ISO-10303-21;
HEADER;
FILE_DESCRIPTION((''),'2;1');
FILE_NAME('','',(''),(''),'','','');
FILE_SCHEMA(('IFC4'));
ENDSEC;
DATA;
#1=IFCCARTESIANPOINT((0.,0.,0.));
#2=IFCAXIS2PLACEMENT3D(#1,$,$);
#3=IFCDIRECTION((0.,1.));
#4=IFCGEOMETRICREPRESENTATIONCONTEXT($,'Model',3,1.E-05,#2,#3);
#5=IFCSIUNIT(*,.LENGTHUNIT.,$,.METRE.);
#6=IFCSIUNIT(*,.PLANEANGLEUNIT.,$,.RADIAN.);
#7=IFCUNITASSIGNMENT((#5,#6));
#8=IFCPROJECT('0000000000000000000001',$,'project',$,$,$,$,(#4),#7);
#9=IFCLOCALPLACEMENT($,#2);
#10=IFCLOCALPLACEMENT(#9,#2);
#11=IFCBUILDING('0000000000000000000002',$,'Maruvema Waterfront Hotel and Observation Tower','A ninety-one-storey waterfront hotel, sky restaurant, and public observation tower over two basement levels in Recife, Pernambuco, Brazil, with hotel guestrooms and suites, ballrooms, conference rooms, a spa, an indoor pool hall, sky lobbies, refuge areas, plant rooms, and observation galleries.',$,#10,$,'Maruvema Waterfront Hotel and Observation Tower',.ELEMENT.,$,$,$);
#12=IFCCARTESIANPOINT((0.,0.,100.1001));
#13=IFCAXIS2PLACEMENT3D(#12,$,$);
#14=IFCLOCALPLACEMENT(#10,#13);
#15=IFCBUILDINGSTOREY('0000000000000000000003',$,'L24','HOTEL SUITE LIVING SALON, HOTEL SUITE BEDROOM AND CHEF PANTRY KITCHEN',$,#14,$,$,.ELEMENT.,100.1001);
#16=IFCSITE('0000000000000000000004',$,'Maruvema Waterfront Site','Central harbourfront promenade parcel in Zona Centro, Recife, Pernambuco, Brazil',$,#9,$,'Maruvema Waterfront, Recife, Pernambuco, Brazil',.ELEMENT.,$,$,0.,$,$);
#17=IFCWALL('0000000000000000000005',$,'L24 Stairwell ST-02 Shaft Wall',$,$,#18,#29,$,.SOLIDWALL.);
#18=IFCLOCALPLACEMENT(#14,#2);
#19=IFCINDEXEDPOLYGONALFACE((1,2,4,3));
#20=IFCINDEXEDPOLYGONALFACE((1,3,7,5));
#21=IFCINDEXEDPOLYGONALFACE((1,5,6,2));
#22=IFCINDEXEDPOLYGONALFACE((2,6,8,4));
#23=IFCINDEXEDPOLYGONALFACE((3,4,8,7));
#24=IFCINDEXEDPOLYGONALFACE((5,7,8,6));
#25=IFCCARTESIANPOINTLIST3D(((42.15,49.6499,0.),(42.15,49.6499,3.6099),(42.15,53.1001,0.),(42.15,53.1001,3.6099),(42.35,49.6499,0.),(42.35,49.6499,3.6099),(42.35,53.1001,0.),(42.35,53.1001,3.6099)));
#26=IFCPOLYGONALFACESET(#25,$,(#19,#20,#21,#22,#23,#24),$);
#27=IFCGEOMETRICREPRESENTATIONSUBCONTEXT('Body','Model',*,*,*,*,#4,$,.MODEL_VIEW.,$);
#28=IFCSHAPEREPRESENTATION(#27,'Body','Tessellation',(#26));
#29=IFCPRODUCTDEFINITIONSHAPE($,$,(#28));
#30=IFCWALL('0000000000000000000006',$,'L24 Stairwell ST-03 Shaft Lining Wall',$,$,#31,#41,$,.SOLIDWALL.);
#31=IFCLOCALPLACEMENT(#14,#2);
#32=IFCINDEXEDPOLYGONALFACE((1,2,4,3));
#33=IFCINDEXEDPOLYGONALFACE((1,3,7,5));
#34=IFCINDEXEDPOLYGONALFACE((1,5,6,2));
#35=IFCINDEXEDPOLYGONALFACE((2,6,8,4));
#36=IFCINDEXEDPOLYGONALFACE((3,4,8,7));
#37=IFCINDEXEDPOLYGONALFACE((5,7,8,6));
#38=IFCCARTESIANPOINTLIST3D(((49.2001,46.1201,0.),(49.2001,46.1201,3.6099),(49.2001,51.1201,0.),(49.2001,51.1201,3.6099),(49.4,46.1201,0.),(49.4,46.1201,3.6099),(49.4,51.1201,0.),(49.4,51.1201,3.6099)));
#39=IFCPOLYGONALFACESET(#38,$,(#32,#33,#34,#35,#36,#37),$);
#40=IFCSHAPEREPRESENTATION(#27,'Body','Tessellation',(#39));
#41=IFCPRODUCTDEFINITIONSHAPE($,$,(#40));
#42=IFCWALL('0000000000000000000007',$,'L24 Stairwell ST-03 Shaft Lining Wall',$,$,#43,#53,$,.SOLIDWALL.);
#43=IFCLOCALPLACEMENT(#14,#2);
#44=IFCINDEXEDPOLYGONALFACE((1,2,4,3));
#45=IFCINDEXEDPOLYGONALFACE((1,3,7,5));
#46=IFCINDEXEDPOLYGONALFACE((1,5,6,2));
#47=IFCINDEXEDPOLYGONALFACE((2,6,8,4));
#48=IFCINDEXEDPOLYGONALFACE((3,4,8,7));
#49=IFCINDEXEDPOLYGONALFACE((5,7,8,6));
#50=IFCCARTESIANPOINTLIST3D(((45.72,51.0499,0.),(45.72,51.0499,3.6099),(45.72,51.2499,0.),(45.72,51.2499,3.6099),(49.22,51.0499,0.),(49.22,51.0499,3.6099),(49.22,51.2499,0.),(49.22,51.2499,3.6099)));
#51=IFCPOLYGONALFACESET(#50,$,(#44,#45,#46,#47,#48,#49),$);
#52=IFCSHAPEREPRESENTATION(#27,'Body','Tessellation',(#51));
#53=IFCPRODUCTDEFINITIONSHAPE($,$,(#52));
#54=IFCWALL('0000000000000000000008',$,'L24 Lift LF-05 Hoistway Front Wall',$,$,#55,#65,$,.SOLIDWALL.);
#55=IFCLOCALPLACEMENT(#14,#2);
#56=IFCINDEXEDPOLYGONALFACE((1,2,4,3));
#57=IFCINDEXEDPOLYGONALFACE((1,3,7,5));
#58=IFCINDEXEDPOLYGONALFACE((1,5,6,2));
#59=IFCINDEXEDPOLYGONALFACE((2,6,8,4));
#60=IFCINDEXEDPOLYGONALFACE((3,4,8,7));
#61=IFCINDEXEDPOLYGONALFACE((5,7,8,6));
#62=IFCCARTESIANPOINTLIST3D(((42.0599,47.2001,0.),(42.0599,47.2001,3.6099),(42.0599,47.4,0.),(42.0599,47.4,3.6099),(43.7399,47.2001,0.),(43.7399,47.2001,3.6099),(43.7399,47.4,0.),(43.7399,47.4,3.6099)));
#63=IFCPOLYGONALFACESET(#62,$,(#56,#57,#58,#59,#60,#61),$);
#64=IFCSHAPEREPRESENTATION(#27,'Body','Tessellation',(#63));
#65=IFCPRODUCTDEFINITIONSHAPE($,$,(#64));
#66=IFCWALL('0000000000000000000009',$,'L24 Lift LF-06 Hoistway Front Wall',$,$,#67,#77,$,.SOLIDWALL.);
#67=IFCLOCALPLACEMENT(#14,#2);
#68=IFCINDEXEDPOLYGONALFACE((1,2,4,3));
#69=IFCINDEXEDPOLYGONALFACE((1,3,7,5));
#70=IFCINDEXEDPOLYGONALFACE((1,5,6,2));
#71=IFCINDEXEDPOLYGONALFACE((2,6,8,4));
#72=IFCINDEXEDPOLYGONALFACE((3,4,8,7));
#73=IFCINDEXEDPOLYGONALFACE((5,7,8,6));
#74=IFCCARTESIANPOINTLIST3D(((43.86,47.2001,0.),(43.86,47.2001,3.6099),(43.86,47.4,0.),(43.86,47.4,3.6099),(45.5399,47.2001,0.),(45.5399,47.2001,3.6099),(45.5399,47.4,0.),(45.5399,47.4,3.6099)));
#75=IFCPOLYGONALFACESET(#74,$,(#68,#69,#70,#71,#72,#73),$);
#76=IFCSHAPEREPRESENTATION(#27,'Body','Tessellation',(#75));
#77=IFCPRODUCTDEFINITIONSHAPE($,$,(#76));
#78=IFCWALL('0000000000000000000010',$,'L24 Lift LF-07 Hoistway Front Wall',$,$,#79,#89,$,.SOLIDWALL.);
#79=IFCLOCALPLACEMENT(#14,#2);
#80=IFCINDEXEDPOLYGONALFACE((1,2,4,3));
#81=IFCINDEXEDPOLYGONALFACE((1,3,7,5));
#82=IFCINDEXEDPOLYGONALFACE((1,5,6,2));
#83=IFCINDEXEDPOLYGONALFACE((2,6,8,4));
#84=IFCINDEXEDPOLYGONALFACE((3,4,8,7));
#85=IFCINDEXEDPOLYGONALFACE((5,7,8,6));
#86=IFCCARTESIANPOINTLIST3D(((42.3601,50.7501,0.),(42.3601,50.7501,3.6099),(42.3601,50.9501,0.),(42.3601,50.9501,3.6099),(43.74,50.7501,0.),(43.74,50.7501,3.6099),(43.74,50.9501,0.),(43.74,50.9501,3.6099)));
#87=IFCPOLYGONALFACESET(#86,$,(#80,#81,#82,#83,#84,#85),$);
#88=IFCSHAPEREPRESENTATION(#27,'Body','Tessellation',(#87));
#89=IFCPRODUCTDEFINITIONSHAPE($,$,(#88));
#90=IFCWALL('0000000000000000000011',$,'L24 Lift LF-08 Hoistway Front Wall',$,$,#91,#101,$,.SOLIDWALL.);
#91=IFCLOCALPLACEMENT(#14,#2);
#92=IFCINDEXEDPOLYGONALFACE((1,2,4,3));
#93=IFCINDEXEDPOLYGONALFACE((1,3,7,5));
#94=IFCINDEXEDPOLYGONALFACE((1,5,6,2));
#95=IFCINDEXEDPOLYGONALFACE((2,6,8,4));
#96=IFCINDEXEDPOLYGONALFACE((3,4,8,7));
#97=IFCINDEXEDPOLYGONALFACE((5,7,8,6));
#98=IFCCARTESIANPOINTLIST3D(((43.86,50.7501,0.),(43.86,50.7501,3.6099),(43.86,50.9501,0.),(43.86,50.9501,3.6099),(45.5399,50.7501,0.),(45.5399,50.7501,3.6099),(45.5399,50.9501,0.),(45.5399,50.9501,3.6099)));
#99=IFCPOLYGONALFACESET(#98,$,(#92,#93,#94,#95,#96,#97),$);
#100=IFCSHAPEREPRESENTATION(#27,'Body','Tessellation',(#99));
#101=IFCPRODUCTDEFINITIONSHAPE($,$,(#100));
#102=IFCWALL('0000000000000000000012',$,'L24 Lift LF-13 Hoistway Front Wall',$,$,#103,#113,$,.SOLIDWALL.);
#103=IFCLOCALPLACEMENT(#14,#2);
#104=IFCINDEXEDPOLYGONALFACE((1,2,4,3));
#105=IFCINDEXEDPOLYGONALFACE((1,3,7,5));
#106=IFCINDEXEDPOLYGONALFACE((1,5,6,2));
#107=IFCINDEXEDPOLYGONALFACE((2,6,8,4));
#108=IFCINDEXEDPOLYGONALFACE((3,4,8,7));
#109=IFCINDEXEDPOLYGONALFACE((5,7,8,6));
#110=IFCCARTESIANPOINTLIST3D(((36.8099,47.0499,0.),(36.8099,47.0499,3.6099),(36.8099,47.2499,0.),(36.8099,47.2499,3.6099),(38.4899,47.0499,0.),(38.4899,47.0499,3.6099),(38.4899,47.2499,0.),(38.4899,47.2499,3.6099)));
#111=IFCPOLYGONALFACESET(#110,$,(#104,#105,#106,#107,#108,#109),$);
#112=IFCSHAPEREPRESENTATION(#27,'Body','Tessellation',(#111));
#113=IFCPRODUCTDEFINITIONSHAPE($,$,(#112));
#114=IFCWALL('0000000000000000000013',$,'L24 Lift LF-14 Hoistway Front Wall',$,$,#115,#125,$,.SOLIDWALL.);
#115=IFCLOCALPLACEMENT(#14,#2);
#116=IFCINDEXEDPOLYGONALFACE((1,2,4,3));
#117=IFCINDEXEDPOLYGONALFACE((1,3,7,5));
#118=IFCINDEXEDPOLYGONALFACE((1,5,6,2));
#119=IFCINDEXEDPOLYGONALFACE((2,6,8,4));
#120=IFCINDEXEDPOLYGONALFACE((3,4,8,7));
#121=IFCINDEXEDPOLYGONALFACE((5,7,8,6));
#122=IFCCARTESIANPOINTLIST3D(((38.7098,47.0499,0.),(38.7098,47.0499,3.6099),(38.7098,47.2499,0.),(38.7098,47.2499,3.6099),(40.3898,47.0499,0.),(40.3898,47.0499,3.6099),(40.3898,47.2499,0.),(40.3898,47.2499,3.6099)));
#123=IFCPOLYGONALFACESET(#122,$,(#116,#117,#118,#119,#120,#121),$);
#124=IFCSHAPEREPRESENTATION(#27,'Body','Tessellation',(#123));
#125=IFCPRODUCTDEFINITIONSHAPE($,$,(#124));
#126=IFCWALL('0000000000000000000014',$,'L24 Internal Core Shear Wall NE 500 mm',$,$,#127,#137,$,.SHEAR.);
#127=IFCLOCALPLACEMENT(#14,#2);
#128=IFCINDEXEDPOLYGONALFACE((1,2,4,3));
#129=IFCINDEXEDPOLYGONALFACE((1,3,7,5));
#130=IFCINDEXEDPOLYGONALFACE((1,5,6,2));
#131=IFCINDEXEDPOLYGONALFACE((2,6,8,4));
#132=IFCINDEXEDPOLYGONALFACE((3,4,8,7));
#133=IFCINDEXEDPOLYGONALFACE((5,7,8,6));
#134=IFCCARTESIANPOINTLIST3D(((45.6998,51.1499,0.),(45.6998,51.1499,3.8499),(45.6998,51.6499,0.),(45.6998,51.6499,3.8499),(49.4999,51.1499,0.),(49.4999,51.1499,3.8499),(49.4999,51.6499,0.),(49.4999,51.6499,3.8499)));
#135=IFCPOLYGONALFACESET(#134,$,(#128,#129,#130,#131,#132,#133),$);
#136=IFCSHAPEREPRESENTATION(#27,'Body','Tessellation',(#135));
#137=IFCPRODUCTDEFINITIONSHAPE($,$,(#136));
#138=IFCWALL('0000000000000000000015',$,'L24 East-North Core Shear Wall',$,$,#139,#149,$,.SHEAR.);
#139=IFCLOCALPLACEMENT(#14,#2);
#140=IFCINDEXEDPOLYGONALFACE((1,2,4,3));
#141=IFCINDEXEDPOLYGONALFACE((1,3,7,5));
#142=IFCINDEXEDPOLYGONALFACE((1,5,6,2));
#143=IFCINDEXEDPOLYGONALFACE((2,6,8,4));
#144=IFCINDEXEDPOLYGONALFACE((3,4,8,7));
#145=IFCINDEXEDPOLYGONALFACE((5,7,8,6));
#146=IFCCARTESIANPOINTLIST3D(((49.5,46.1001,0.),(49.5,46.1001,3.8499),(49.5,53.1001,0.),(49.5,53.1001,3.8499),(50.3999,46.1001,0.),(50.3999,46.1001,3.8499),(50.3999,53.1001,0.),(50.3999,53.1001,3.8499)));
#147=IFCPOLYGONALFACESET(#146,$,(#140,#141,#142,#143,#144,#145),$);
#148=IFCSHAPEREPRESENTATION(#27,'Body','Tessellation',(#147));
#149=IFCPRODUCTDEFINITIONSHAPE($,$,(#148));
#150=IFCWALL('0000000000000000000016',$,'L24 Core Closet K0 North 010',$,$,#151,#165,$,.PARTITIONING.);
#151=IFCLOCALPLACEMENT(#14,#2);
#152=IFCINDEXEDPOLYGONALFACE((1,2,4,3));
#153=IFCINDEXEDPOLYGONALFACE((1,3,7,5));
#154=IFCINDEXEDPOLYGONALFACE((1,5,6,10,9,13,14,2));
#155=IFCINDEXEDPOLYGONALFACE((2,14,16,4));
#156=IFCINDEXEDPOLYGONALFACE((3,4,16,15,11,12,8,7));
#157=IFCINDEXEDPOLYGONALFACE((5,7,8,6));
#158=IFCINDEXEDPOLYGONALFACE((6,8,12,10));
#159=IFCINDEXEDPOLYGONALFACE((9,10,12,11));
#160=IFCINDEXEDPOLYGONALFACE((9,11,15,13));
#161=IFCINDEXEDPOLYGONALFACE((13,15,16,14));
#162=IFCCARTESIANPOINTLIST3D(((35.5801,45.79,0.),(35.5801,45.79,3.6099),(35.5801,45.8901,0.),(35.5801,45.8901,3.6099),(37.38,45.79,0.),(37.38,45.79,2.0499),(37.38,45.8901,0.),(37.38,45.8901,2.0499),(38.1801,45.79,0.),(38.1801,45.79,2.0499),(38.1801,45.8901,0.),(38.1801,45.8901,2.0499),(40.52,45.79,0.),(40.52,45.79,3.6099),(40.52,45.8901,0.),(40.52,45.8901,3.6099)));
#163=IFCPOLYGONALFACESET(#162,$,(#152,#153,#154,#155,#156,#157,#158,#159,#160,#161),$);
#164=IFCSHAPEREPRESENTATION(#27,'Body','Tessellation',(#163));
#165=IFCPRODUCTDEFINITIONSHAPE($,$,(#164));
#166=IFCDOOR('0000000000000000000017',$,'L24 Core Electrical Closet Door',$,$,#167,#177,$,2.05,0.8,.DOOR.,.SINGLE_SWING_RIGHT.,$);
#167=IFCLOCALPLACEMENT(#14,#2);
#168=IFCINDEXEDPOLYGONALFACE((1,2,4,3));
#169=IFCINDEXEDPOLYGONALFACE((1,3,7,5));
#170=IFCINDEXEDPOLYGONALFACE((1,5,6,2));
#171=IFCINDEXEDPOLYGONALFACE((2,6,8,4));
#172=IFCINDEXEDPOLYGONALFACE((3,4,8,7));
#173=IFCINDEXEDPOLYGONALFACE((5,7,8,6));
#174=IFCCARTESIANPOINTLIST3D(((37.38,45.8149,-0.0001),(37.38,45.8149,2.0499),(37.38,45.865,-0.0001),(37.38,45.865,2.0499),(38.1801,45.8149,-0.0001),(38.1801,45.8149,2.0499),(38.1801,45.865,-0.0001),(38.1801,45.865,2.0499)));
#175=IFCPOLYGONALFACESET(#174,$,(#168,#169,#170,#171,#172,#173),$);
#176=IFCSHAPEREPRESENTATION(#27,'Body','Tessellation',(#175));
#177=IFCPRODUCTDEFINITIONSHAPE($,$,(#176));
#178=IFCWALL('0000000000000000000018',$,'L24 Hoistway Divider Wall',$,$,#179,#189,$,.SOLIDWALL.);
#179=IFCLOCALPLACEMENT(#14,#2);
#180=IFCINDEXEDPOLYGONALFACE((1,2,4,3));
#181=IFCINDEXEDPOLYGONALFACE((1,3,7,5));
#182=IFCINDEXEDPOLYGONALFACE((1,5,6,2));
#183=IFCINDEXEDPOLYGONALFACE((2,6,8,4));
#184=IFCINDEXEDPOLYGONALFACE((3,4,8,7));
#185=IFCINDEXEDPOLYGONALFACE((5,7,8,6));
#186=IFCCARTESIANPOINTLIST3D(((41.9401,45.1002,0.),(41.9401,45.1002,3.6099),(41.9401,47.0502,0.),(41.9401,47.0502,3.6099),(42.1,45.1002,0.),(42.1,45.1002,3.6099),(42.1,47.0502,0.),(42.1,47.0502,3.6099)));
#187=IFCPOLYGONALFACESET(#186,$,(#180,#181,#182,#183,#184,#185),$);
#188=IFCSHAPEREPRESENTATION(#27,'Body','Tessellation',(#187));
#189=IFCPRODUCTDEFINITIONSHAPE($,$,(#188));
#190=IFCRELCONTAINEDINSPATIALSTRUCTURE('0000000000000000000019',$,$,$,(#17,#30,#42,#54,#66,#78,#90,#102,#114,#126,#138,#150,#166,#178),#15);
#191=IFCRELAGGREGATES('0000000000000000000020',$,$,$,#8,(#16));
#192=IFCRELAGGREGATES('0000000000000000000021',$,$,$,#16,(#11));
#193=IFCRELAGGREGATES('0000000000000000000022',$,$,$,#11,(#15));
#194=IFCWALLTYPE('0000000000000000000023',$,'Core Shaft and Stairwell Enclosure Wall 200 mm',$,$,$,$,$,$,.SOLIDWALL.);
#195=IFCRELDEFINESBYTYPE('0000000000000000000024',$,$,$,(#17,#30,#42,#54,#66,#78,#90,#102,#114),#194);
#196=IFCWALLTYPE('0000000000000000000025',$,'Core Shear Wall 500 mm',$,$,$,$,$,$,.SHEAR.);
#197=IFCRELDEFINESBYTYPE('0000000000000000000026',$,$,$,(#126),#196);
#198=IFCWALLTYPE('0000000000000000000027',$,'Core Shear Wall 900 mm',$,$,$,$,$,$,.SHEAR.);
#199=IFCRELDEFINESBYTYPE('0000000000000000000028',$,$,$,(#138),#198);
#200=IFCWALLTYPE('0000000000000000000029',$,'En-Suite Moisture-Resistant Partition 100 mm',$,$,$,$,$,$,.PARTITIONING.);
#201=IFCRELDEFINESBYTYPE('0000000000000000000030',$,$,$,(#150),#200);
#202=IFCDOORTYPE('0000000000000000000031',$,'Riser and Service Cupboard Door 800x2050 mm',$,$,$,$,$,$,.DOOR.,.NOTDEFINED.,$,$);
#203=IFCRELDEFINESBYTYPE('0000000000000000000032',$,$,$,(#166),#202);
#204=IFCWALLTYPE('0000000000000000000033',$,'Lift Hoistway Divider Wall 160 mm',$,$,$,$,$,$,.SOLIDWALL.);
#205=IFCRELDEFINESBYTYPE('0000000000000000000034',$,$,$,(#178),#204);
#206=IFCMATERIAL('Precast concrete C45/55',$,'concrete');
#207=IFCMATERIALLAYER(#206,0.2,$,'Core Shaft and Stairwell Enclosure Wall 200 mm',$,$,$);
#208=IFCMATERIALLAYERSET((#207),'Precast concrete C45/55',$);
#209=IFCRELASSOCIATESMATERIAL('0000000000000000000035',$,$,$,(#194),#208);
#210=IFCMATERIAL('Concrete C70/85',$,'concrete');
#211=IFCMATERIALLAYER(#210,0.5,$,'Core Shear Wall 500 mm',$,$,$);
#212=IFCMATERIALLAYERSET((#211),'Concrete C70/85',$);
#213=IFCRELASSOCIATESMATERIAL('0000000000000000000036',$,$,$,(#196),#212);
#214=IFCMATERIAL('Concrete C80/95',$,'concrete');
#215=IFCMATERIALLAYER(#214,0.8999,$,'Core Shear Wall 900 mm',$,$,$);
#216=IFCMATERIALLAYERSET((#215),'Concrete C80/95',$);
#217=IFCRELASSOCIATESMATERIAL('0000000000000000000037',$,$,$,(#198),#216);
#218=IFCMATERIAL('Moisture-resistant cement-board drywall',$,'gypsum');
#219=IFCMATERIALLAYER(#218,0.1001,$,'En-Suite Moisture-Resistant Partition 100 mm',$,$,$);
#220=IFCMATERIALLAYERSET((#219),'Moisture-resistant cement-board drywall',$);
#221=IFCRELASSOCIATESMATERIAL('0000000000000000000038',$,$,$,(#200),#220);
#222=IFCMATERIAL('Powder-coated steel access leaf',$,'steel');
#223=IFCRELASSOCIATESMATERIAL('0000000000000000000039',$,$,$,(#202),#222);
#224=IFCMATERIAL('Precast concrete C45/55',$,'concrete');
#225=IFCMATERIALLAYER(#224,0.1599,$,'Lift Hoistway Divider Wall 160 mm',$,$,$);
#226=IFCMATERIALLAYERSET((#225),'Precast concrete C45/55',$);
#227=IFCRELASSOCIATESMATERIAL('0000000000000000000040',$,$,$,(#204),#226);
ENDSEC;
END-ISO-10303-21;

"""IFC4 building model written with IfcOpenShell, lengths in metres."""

from ifc_helpers import new_model, si_unit, direction, frame, frame_2d, origin, place, context, subcontext, project, spatial, rectangle, extrude, material, layer, layer_set, type_object, element, fill, save


model = new_model("IFC4")

# Units and contexts
model_context = context("Model", 3, precision=1e-05, world=origin(), true_north=direction((0.0, 1.0)))
body_context = subcontext(model_context, "Body", "Model", "MODEL_VIEW")
ifc_project = project(units=[si_unit("LENGTHUNIT", "METRE"), si_unit("PLANEANGLEUNIT", "RADIAN")], contexts=[model_context])

# Site, building, storey
site_placement = place(None, origin())
site = spatial("IfcSite", under=ifc_project, at=site_placement, Name="Maruvema Waterfront Site", Description="Central harbourfront promenade parcel in Zona Centro, Recife, Pernambuco, Brazil", LongName="Maruvema Waterfront, Recife, Pernambuco, Brazil", CompositionType="ELEMENT", RefElevation=0.0)
building_placement = place(site_placement, origin())
building = spatial("IfcBuilding", under=site, at=building_placement, Name="Maruvema Waterfront Hotel and Observation Tower", Description="A ninety-one-storey waterfront hotel, sky restaurant, and public observation tower over two basement levels in Recife, Pernambuco, Brazil, with hotel guestrooms and suites, ballrooms, conference rooms, a spa, an indoor pool hall, sky lobbies, refuge areas, plant rooms, and observation galleries.", LongName="Maruvema Waterfront Hotel and Observation Tower", CompositionType="ELEMENT")
storey_placement = place(building_placement, frame((0.0, 0.0, 100.1001)))
storey = spatial("IfcBuildingStorey", under=building, at=storey_placement, Name="L24", Description="HOTEL SUITE LIVING SALON, HOTEL SUITE BEDROOM AND CHEF PANTRY KITCHEN", CompositionType="ELEMENT", Elevation=100.1001)

# Walls
ifc_material_1 = material(Name="Precast concrete C45/55", Category="concrete")
ifc_layer_1 = layer(ifc_material_1, 0.2, Name="Core Shaft and Stairwell Enclosure Wall 200 mm")
ifc_layer_set_1 = layer_set([ifc_layer_1], Name="Precast concrete C45/55")
wall_type_1 = type_object("IfcWallType", Name="Core Shaft and Stairwell Enclosure Wall 200 mm", PredefinedType="SOLIDWALL", material=ifc_layer_set_1)
wall_1_placement = place(storey_placement, frame((42.25, 49.6499, 0.0), z_axis=(0.0, 0.0, 1.0), x_axis=(0.0, 1.0, 0.0)))
element("IfcWall", 1, at=wall_1_placement, inside=storey, type_object=wall_type_1, Name="L24 Stairwell ST-02 Shaft Wall", PredefinedType="SOLIDWALL", context=body_context, shape_type="SweptSolid", body=[
    extrude(rectangle(XDim=3.4502, YDim=0.2, at=frame_2d((1.7251, 0.0))), origin(), (0.0, 0.0, 1.0), 3.6099),
])
wall_2_placement = place(storey_placement, frame((49.3, 46.1201, 0.0), z_axis=(0.0, 0.0, 1.0), x_axis=(0.0, 1.0, 0.0)))
element("IfcWall", 2, at=wall_2_placement, inside=storey, type_object=wall_type_1, Name="L24 Stairwell ST-03 Shaft Lining Wall", PredefinedType="SOLIDWALL", context=body_context, shape_type="SweptSolid", body=[
    extrude(rectangle(XDim=5.0, YDim=0.2, at=frame_2d((2.5, 0.0))), origin(), (0.0, 0.0, 1.0), 3.6099),
])
wall_3_placement = place(storey_placement, frame((45.72, 51.1499, 0.0), z_axis=(0.0, 0.0, 1.0), x_axis=(1.0, 0.0, 0.0)))
element("IfcWall", 3, at=wall_3_placement, inside=storey, type_object=wall_type_1, Name="L24 Stairwell ST-03 Shaft Lining Wall", PredefinedType="SOLIDWALL", context=body_context, shape_type="SweptSolid", body=[
    extrude(rectangle(XDim=3.5, YDim=0.2, at=frame_2d((1.75, 0.0))), origin(), (0.0, 0.0, 1.0), 3.6099),
])
for number, where, z_axis, x_axis, name in (
    (4, (42.0601, 47.3, 0.0), (0.0, 0.0, 1.0), (1.0, 0.0, 0.0), "L24 Lift LF-05 Hoistway Front Wall"),
    (5, (43.8601, 47.3, 0.0), (0.0, 0.0, 1.0), (1.0, 0.0, 0.0), "L24 Lift LF-06 Hoistway Front Wall"),
):
    element("IfcWall", number, at=place(storey_placement, frame(where, z_axis=z_axis, x_axis=x_axis)), inside=storey, type_object=wall_type_1, Name=name, PredefinedType="SOLIDWALL", context=body_context, shape_type="SweptSolid", body=[
        extrude(rectangle(XDim=1.6799, YDim=0.2, at=frame_2d((0.8398, 0.0))), origin(), (0.0, 0.0, 1.0), 3.6099),
    ])
wall_4_placement = place(storey_placement, frame((42.3601, 50.8501, 0.0), z_axis=(0.0, 0.0, 1.0), x_axis=(1.0, 0.0, 0.0)))
element("IfcWall", 6, at=wall_4_placement, inside=storey, type_object=wall_type_1, Name="L24 Lift LF-07 Hoistway Front Wall", PredefinedType="SOLIDWALL", context=body_context, shape_type="SweptSolid", body=[
    extrude(rectangle(XDim=1.3799, YDim=0.2, at=frame_2d((0.6899, 0.0))), origin(), (0.0, 0.0, 1.0), 3.6099),
])
for number, where, z_axis, x_axis, name in (
    (7, (43.8601, 50.8501, 0.0), (0.0, 0.0, 1.0), (1.0, 0.0, 0.0), "L24 Lift LF-08 Hoistway Front Wall"),
    (8, (36.8101, 47.1499, 0.0), (0.0, 0.0, 1.0), (1.0, 0.0, 0.0), "L24 Lift LF-13 Hoistway Front Wall"),
    (9, (38.71, 47.1499, 0.0), (0.0, 0.0, 1.0), (1.0, 0.0, 0.0), "L24 Lift LF-14 Hoistway Front Wall"),
):
    element("IfcWall", number, at=place(storey_placement, frame(where, z_axis=z_axis, x_axis=x_axis)), inside=storey, type_object=wall_type_1, Name=name, PredefinedType="SOLIDWALL", context=body_context, shape_type="SweptSolid", body=[
        extrude(rectangle(XDim=1.6799, YDim=0.2, at=frame_2d((0.8398, 0.0))), origin(), (0.0, 0.0, 1.0), 3.6099),
    ])
ifc_material_2 = material(Name="Concrete C70/85", Category="concrete")
ifc_layer_2 = layer(ifc_material_2, 0.5, Name="Core Shear Wall 500 mm")
ifc_layer_set_2 = layer_set([ifc_layer_2], Name="Concrete C70/85")
wall_type_2 = type_object("IfcWallType", Name="Core Shear Wall 500 mm", PredefinedType="SHEAR", material=ifc_layer_set_2)
wall_5_placement = place(storey_placement, frame((45.7, 51.3999, 0.0), z_axis=(0.0, 0.0, 1.0), x_axis=(1.0, 0.0, 0.0)))
element("IfcWall", 10, at=wall_5_placement, inside=storey, type_object=wall_type_2, Name="L24 Internal Core Shear Wall NE 500 mm", PredefinedType="SHEAR", context=body_context, shape_type="SweptSolid", body=[
    extrude(rectangle(XDim=3.8, YDim=0.5, at=frame_2d((1.8999, 0.0))), origin(), (0.0, 0.0, 1.0), 3.8499),
])
ifc_material_3 = material(Name="Concrete C80/95", Category="concrete")
ifc_layer_3 = layer(ifc_material_3, 0.8999, Name="Core Shear Wall 900 mm")
ifc_layer_set_3 = layer_set([ifc_layer_3], Name="Concrete C80/95")
wall_type_3 = type_object("IfcWallType", Name="Core Shear Wall 900 mm", PredefinedType="SHEAR", material=ifc_layer_set_3)
wall_6_placement = place(storey_placement, frame((49.95, 46.1001, 0.0), z_axis=(0.0, 0.0, 1.0), x_axis=(0.0, 1.0, 0.0)))
element("IfcWall", 11, at=wall_6_placement, inside=storey, type_object=wall_type_3, Name="L24 East-North Core Shear Wall", PredefinedType="SHEAR", context=body_context, shape_type="SweptSolid", body=[
    extrude(rectangle(XDim=7.0, YDim=0.8999, at=frame_2d((3.5, 0.0))), origin(), (0.0, 0.0, 1.0), 3.8499),
])

# Wall, opening, door
ifc_material_4 = material(Name="Moisture-resistant cement-board drywall", Category="gypsum")
ifc_layer_4 = layer(ifc_material_4, 0.1001, Name="En-Suite Moisture-Resistant Partition 100 mm")
ifc_layer_set_4 = layer_set([ifc_layer_4], Name="Moisture-resistant cement-board drywall")
wall_type_4 = type_object("IfcWallType", Name="En-Suite Moisture-Resistant Partition 100 mm", PredefinedType="PARTITIONING", material=ifc_layer_set_4)
wall_7_placement = place(storey_placement, frame((35.5801, 45.8401, 0.0), z_axis=(0.0, 0.0, 1.0), x_axis=(1.0, 0.0, 0.0)))
wall_7 = element("IfcWall", 12, at=wall_7_placement, inside=storey, type_object=wall_type_4, Name="L24 Core Closet K0 North 010", PredefinedType="PARTITIONING", context=body_context, shape_type="SweptSolid", body=[
    extrude(rectangle(XDim=4.9399, YDim=0.1001, at=frame_2d((2.47, 0.0))), origin(), (0.0, 0.0, 1.0), 3.6099),
])
opening_placement = place(wall_7_placement, frame((1.8, 0.0, 0.0)))
opening = element("IfcOpeningElement", 13, at=opening_placement, cuts=wall_7, PredefinedType="OPENING", context=body_context, shape_type="SweptSolid", body=[
    extrude(rectangle(XDim=0.8, YDim=2.05, at=frame_2d((0.3999, 1.0249))), frame((0.0, 0.0601, 0.0), z_axis=(0.0, -1.0, 0.0), x_axis=(1.0, 0.0, 0.0)), (0.0, 0.0, 1.0), 0.1201),
])
ifc_material_5 = material(Name="Powder-coated steel access leaf", Category="steel")
door_type = type_object("IfcDoorType", Name="Riser and Service Cupboard Door 800x2050 mm", OperationType="NOTDEFINED", PredefinedType="DOOR", material=ifc_material_5)
door_placement = place(opening_placement, origin())
door = element("IfcDoor", 14, at=door_placement, inside=storey, type_object=door_type, Name="L24 Core Electrical Closet Door", OperationType="SINGLE_SWING_RIGHT", OverallHeight=2.05, OverallWidth=0.8, PredefinedType="DOOR", context=body_context, shape_type="SweptSolid", body=[
    extrude(rectangle(XDim=0.8, YDim=2.05, at=frame_2d((0.3999, 1.0249))), frame((0.0, 0.0249, 0.0), z_axis=(0.0, -1.0, 0.0), x_axis=(1.0, 0.0, 0.0)), (0.0, 0.0, 1.0), 0.05),
])
fill(opening, door)

# Wall
ifc_material_6 = material(Name="Precast concrete C45/55", Category="concrete")
ifc_layer_5 = layer(ifc_material_6, 0.1599, Name="Lift Hoistway Divider Wall 160 mm")
ifc_layer_set_5 = layer_set([ifc_layer_5], Name="Precast concrete C45/55")
wall_type_5 = type_object("IfcWallType", Name="Lift Hoistway Divider Wall 160 mm", PredefinedType="SOLIDWALL", material=ifc_layer_set_5)
for number, where, z_axis, x_axis, name in (
    (15, (42.02, 45.1001, 0.0), (0.0, 0.0, 1.0), (0.0, 1.0, 0.0), "L24 Hoistway Divider Wall"),
):
    element("IfcWall", number, at=place(storey_placement, frame(where, z_axis=z_axis, x_axis=x_axis)), inside=storey, type_object=wall_type_5, Name=name, PredefinedType="SOLIDWALL", context=body_context, shape_type="SweptSolid", body=[
        extrude(rectangle(XDim=1.95, YDim=0.1599, at=frame_2d((0.9751, 0.0))), origin(), (0.0, 0.0, 1.0), 3.6099),
    ])

save(model, "model.ifc")
